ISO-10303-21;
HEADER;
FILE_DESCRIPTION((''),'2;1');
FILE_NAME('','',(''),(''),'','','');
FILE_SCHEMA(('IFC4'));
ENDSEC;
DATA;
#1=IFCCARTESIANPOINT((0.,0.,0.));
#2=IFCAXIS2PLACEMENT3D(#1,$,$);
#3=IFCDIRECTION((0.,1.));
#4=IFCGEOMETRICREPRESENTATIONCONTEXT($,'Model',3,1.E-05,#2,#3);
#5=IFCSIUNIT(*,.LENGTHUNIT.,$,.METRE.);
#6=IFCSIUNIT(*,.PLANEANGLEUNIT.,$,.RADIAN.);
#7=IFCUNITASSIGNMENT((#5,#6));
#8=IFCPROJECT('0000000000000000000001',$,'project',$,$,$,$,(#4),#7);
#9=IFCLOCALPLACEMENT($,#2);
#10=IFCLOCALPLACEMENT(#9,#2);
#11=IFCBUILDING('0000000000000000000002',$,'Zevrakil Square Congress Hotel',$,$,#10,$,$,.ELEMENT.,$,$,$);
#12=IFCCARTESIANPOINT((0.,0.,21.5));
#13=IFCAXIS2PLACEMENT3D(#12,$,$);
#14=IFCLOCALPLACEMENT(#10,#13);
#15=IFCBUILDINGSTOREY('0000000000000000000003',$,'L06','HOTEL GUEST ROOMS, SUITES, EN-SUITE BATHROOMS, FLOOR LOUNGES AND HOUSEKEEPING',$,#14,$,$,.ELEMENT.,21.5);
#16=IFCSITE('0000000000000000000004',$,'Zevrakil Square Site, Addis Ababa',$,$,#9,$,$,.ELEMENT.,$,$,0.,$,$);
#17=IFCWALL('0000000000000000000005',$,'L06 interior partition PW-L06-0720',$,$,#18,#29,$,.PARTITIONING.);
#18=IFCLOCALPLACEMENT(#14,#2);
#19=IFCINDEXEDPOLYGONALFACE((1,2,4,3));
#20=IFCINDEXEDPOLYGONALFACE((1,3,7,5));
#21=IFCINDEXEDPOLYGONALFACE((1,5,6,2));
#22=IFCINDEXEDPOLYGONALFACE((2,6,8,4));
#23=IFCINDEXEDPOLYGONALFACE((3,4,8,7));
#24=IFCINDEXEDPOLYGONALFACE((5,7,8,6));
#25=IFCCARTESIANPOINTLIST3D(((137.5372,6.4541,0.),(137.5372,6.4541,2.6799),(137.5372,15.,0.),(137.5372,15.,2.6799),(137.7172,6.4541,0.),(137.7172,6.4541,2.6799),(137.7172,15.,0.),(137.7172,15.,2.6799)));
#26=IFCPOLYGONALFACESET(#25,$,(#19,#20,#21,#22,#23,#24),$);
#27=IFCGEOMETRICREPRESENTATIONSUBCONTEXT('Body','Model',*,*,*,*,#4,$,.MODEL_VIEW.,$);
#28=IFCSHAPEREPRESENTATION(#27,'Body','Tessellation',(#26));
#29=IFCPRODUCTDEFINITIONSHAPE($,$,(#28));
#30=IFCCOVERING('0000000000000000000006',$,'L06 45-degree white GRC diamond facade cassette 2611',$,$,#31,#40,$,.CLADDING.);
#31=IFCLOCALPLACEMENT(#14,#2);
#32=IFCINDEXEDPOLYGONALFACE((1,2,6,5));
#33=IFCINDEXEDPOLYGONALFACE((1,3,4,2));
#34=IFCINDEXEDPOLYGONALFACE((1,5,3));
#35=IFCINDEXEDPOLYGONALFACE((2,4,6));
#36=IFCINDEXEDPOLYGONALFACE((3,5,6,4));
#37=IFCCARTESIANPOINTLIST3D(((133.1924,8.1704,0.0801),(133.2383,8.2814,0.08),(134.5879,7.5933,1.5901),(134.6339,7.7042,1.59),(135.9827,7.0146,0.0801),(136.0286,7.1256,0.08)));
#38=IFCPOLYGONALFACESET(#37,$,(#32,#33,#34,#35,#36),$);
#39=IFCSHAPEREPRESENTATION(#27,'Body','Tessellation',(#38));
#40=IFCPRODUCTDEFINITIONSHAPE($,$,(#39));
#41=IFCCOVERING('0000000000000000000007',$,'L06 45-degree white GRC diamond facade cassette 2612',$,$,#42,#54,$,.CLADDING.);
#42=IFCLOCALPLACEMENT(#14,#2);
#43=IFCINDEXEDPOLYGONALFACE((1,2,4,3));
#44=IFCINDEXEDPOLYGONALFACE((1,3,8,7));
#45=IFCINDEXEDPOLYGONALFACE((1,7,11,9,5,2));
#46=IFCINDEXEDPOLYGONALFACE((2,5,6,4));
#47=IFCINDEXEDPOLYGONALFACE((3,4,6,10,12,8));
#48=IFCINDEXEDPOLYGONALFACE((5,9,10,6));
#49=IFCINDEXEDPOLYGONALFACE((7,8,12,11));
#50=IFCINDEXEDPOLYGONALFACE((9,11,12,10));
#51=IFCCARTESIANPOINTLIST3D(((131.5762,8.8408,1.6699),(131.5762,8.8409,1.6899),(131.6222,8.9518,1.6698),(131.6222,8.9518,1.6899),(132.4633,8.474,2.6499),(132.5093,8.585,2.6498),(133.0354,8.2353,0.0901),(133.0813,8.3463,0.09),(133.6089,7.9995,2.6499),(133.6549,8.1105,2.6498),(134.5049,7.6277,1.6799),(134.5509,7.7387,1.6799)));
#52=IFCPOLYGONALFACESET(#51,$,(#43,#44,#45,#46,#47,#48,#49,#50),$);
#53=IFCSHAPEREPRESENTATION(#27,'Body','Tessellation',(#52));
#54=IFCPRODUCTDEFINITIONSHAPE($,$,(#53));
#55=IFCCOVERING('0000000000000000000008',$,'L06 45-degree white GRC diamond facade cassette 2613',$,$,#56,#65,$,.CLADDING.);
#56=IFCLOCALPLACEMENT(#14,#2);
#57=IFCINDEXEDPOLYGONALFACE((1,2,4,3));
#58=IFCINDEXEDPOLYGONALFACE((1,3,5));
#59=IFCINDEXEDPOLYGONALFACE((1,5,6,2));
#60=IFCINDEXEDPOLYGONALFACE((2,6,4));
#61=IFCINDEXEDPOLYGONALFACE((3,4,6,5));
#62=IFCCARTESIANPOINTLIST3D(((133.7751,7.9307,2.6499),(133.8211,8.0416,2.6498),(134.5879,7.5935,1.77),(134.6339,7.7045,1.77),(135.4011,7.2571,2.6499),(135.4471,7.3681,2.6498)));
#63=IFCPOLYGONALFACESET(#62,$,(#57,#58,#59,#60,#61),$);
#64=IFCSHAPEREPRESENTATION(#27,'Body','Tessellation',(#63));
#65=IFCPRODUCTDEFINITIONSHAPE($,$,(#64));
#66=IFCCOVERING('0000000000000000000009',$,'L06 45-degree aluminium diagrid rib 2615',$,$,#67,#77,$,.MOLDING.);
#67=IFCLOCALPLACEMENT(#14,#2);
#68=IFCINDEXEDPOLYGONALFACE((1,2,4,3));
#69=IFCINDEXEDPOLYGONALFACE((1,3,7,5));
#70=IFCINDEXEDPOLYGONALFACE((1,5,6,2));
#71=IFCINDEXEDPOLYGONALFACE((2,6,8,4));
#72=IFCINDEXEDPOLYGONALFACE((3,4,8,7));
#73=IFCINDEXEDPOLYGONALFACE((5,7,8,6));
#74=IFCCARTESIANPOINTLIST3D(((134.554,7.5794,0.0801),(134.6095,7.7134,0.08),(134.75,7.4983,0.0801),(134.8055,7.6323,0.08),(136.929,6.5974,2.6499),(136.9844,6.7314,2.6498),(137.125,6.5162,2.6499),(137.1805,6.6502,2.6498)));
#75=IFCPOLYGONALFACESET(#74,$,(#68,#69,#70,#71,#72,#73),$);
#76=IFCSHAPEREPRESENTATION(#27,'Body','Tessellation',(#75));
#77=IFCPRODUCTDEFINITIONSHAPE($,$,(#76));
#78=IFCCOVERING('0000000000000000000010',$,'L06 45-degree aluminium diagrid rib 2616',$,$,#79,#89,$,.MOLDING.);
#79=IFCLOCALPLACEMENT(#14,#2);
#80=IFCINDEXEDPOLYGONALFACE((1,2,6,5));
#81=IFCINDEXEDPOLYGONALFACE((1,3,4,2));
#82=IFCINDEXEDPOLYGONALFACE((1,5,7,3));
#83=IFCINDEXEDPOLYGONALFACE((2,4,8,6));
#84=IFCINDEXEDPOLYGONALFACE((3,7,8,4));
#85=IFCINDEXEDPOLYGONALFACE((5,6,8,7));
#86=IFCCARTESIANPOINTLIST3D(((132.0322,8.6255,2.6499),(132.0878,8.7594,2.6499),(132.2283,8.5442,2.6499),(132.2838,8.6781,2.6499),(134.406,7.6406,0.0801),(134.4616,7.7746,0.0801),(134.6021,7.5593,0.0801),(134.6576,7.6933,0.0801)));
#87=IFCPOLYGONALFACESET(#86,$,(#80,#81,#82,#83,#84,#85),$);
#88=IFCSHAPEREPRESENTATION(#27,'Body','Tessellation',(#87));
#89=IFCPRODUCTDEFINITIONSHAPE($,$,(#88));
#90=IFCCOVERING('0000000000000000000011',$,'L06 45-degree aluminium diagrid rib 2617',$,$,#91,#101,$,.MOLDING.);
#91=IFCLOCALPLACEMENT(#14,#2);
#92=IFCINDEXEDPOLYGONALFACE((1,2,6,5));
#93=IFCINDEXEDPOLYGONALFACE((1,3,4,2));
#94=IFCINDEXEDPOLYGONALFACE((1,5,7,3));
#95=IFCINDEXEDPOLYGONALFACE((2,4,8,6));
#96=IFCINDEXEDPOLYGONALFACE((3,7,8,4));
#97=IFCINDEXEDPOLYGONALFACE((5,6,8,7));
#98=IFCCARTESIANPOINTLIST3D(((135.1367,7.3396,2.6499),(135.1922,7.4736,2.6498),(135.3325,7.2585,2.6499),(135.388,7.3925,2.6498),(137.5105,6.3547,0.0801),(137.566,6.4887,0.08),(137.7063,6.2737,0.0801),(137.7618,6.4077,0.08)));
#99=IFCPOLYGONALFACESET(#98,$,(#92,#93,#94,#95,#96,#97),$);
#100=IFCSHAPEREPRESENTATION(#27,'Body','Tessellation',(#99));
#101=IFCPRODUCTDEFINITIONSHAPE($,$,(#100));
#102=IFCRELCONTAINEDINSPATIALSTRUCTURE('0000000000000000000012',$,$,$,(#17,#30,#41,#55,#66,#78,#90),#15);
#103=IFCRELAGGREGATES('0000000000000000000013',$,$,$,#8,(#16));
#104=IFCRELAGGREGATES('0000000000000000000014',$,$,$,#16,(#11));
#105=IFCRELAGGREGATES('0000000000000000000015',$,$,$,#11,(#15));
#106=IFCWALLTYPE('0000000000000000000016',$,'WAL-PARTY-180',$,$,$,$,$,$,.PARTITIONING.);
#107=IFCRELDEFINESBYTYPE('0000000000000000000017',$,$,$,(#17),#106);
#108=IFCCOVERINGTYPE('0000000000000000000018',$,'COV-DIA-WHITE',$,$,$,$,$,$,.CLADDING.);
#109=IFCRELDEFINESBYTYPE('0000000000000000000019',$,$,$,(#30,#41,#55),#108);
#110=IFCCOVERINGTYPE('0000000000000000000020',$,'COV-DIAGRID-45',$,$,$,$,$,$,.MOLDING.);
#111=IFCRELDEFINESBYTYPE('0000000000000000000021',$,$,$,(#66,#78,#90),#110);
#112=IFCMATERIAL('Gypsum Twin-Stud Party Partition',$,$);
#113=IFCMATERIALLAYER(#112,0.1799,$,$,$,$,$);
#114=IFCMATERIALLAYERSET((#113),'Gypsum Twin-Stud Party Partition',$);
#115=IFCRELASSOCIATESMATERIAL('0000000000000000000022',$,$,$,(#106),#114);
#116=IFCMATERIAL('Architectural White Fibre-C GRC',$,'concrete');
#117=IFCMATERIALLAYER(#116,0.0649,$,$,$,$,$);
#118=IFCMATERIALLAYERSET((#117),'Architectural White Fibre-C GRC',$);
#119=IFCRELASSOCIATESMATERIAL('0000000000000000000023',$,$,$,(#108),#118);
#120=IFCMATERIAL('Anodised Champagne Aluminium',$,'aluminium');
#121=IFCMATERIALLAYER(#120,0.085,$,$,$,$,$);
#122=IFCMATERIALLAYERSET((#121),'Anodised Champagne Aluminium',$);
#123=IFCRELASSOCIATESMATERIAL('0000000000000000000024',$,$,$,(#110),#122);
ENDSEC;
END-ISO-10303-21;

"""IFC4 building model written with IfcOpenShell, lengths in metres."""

from ifc_helpers import new_model, si_unit, direction, frame, frame_2d, origin, place, context, subcontext, project, spatial, polyline, rectangle, outline, extrude, material, layer, layer_set, type_object, element, save


model = new_model("IFC4")

# Units and contexts
model_context = context("Model", 3, precision=1e-05, world=origin(), true_north=direction((0.0, 1.0)))
body_context = subcontext(model_context, "Body", "Model", "MODEL_VIEW")
ifc_project = project(units=[si_unit("LENGTHUNIT", "METRE"), si_unit("PLANEANGLEUNIT", "RADIAN")], contexts=[model_context])

# Site, building, storey
site_placement = place(None, origin())
site = spatial("IfcSite", under=ifc_project, at=site_placement, Name="Zevrakil Square Site, Addis Ababa", CompositionType="ELEMENT", RefElevation=0.0)
building_placement = place(site_placement, origin())
building = spatial("IfcBuilding", under=site, at=building_placement, Name="Zevrakil Square Congress Hotel", CompositionType="ELEMENT")
storey_placement = place(building_placement, frame((0.0, 0.0, 21.5)))
storey = spatial("IfcBuildingStorey", under=building, at=storey_placement, Name="L06", Description="HOTEL GUEST ROOMS, SUITES, EN-SUITE BATHROOMS, FLOOR LOUNGES AND HOUSEKEEPING", CompositionType="ELEMENT", Elevation=21.5)

# Wall
ifc_material_1 = material(Name="Gypsum Twin-Stud Party Partition")
ifc_layer_1 = layer(ifc_material_1, 0.1799)
ifc_layer_set_1 = layer_set([ifc_layer_1], Name="Gypsum Twin-Stud Party Partition")
wall_type = type_object("IfcWallType", Name="WAL-PARTY-180", PredefinedType="PARTITIONING", material=ifc_layer_set_1)
wall_placement = place(storey_placement, frame((137.6272, 6.4541, 0.0), z_axis=(0.0, 0.0, 1.0), x_axis=(0.0, 1.0, 0.0)))
element("IfcWall", 1, at=wall_placement, inside=storey, type_object=wall_type, Name="L06 interior partition PW-L06-0720", PredefinedType="PARTITIONING", context=body_context, shape_type="SweptSolid", body=[
    extrude(rectangle(XDim=8.5459, YDim=0.1799, at=frame_2d((4.2729, 0.0))), origin(), (0.0, 0.0, 1.0), 2.6799),
])

# Coverings
ifc_material_2 = material(Name="Architectural White Fibre-C GRC", Category="concrete")
ifc_layer_2 = layer(ifc_material_2, 0.0649)
ifc_layer_set_2 = layer_set([ifc_layer_2], Name="Architectural White Fibre-C GRC")
covering_type_1 = type_object("IfcCoveringType", Name="COV-DIA-WHITE", PredefinedType="CLADDING", material=ifc_layer_set_2)
covering_1_placement = place(storey_placement, frame((134.5879, 7.5933, 1.5901), z_axis=(-0.38268, -0.923881, 0.000541), x_axis=(0.65314, -0.270951, -0.707102)))
element("IfcCovering", 2, at=covering_1_placement, inside=storey, type_object=covering_type_1, Name="L06 45-degree white GRC diamond facade cassette 2611", PredefinedType="CLADDING", context=body_context, shape_type="SweptSolid", body=[
    extrude(outline(polyline([(0.0, 0.0), (2.1355, 0.0), (-0.0001, -2.1356), (0.0, 0.0)])), origin(), (0.0, 0.0, -1.0), 0.1201),
])
covering_2_placement = place(storey_placement, frame((134.5049, 7.6277, 1.6799), z_axis=(-0.3827, -0.923872, 0.000645), x_axis=(-0.653518, 0.270216, -0.707034)))
element("IfcCovering", 3, at=covering_2_placement, inside=storey, type_object=covering_type_1, Name="L06 45-degree white GRC diamond facade cassette 2612", PredefinedType="CLADDING", context=body_context, shape_type="SweptSolid", body=[
    extrude(outline(polyline([(0.0, 0.0), (2.2486, 0.0), (2.2489, -2.2342), (2.2347, -2.2484), (0.8771, -2.2485), (0.0002, -1.3718), (0.0, 0.0)])), origin(), (0.0, 0.0, -1.0), 0.1201),
])
covering_3_placement = place(storey_placement, frame((134.5879, 7.5935, 1.77), z_axis=(-0.382723, -0.923863, 0.000491), x_axis=(-0.653144, 0.27095, 0.707099)))
element("IfcCovering", 4, at=covering_3_placement, inside=storey, type_object=covering_type_1, Name="L06 45-degree white GRC diamond facade cassette 2613", PredefinedType="CLADDING", context=body_context, shape_type="SweptSolid", body=[
    extrude(outline(polyline([(0.0, 0.0), (1.2444, 0.0), (-0.0001, -1.2445), (0.0, 0.0)])), origin(), (0.0, 0.0, -1.0), 0.1201),
])
ifc_material_3 = material(Name="Anodised Champagne Aluminium", Category="aluminium")
ifc_layer_3 = layer(ifc_material_3, 0.085)
ifc_layer_set_3 = layer_set([ifc_layer_3], Name="Anodised Champagne Aluminium")
covering_type_2 = type_object("IfcCoveringType", Name="COV-DIAGRID-45", PredefinedType="MOLDING", material=ifc_layer_set_3)
covering_4_placement = place(storey_placement, frame((134.75, 7.4983, 0.0801), z_axis=(-0.382572, -0.923926, 0.000491), x_axis=(-0.923926, 0.382572, 0.0)))
element("IfcCovering", 5, at=covering_4_placement, inside=storey, type_object=covering_type_2, Name="L06 45-degree aluminium diagrid rib 2615", PredefinedType="MOLDING", context=body_context, shape_type="SweptSolid", body=[
    extrude(outline(polyline([(0.0, 0.0), (0.2121, 0.0), (-2.3578, -2.5698), (-2.5701, -2.5698), (0.0, 0.0)])), origin(), (0.0, 0.0, -1.0), 0.145),
])
covering_5_placement = place(storey_placement, frame((132.0322, 8.6255, 2.6499), z_axis=(-0.383063, -0.923722, 0.000169), x_axis=(0.923722, -0.383063, 0.0)))
element("IfcCovering", 6, at=covering_5_placement, inside=storey, type_object=covering_type_2, Name="L06 45-degree aluminium diagrid rib 2616", PredefinedType="MOLDING", context=body_context, shape_type="SweptSolid", body=[
    extrude(outline(polyline([(0.0, 0.0), (0.2122, 0.0), (2.7822, -2.5698), (2.57, -2.5698), (0.0, 0.0)])), origin(), (0.0, 0.0, -1.0), 0.145),
])
covering_6_placement = place(storey_placement, frame((135.1367, 7.3396, 2.6499), z_axis=(-0.382487, -0.92396, 0.000792), x_axis=(0.923961, -0.382487, 0.0)))
element("IfcCovering", 7, at=covering_6_placement, inside=storey, type_object=covering_type_2, Name="L06 45-degree aluminium diagrid rib 2617", PredefinedType="MOLDING", context=body_context, shape_type="SweptSolid", body=[
    extrude(outline(polyline([(0.0, 0.0), (0.2119, 0.0), (2.7819, -2.5698), (2.57, -2.5698), (0.0, 0.0)])), origin(), (0.0, 0.0, -1.0), 0.145),
])

save(model, "model.ifc")
